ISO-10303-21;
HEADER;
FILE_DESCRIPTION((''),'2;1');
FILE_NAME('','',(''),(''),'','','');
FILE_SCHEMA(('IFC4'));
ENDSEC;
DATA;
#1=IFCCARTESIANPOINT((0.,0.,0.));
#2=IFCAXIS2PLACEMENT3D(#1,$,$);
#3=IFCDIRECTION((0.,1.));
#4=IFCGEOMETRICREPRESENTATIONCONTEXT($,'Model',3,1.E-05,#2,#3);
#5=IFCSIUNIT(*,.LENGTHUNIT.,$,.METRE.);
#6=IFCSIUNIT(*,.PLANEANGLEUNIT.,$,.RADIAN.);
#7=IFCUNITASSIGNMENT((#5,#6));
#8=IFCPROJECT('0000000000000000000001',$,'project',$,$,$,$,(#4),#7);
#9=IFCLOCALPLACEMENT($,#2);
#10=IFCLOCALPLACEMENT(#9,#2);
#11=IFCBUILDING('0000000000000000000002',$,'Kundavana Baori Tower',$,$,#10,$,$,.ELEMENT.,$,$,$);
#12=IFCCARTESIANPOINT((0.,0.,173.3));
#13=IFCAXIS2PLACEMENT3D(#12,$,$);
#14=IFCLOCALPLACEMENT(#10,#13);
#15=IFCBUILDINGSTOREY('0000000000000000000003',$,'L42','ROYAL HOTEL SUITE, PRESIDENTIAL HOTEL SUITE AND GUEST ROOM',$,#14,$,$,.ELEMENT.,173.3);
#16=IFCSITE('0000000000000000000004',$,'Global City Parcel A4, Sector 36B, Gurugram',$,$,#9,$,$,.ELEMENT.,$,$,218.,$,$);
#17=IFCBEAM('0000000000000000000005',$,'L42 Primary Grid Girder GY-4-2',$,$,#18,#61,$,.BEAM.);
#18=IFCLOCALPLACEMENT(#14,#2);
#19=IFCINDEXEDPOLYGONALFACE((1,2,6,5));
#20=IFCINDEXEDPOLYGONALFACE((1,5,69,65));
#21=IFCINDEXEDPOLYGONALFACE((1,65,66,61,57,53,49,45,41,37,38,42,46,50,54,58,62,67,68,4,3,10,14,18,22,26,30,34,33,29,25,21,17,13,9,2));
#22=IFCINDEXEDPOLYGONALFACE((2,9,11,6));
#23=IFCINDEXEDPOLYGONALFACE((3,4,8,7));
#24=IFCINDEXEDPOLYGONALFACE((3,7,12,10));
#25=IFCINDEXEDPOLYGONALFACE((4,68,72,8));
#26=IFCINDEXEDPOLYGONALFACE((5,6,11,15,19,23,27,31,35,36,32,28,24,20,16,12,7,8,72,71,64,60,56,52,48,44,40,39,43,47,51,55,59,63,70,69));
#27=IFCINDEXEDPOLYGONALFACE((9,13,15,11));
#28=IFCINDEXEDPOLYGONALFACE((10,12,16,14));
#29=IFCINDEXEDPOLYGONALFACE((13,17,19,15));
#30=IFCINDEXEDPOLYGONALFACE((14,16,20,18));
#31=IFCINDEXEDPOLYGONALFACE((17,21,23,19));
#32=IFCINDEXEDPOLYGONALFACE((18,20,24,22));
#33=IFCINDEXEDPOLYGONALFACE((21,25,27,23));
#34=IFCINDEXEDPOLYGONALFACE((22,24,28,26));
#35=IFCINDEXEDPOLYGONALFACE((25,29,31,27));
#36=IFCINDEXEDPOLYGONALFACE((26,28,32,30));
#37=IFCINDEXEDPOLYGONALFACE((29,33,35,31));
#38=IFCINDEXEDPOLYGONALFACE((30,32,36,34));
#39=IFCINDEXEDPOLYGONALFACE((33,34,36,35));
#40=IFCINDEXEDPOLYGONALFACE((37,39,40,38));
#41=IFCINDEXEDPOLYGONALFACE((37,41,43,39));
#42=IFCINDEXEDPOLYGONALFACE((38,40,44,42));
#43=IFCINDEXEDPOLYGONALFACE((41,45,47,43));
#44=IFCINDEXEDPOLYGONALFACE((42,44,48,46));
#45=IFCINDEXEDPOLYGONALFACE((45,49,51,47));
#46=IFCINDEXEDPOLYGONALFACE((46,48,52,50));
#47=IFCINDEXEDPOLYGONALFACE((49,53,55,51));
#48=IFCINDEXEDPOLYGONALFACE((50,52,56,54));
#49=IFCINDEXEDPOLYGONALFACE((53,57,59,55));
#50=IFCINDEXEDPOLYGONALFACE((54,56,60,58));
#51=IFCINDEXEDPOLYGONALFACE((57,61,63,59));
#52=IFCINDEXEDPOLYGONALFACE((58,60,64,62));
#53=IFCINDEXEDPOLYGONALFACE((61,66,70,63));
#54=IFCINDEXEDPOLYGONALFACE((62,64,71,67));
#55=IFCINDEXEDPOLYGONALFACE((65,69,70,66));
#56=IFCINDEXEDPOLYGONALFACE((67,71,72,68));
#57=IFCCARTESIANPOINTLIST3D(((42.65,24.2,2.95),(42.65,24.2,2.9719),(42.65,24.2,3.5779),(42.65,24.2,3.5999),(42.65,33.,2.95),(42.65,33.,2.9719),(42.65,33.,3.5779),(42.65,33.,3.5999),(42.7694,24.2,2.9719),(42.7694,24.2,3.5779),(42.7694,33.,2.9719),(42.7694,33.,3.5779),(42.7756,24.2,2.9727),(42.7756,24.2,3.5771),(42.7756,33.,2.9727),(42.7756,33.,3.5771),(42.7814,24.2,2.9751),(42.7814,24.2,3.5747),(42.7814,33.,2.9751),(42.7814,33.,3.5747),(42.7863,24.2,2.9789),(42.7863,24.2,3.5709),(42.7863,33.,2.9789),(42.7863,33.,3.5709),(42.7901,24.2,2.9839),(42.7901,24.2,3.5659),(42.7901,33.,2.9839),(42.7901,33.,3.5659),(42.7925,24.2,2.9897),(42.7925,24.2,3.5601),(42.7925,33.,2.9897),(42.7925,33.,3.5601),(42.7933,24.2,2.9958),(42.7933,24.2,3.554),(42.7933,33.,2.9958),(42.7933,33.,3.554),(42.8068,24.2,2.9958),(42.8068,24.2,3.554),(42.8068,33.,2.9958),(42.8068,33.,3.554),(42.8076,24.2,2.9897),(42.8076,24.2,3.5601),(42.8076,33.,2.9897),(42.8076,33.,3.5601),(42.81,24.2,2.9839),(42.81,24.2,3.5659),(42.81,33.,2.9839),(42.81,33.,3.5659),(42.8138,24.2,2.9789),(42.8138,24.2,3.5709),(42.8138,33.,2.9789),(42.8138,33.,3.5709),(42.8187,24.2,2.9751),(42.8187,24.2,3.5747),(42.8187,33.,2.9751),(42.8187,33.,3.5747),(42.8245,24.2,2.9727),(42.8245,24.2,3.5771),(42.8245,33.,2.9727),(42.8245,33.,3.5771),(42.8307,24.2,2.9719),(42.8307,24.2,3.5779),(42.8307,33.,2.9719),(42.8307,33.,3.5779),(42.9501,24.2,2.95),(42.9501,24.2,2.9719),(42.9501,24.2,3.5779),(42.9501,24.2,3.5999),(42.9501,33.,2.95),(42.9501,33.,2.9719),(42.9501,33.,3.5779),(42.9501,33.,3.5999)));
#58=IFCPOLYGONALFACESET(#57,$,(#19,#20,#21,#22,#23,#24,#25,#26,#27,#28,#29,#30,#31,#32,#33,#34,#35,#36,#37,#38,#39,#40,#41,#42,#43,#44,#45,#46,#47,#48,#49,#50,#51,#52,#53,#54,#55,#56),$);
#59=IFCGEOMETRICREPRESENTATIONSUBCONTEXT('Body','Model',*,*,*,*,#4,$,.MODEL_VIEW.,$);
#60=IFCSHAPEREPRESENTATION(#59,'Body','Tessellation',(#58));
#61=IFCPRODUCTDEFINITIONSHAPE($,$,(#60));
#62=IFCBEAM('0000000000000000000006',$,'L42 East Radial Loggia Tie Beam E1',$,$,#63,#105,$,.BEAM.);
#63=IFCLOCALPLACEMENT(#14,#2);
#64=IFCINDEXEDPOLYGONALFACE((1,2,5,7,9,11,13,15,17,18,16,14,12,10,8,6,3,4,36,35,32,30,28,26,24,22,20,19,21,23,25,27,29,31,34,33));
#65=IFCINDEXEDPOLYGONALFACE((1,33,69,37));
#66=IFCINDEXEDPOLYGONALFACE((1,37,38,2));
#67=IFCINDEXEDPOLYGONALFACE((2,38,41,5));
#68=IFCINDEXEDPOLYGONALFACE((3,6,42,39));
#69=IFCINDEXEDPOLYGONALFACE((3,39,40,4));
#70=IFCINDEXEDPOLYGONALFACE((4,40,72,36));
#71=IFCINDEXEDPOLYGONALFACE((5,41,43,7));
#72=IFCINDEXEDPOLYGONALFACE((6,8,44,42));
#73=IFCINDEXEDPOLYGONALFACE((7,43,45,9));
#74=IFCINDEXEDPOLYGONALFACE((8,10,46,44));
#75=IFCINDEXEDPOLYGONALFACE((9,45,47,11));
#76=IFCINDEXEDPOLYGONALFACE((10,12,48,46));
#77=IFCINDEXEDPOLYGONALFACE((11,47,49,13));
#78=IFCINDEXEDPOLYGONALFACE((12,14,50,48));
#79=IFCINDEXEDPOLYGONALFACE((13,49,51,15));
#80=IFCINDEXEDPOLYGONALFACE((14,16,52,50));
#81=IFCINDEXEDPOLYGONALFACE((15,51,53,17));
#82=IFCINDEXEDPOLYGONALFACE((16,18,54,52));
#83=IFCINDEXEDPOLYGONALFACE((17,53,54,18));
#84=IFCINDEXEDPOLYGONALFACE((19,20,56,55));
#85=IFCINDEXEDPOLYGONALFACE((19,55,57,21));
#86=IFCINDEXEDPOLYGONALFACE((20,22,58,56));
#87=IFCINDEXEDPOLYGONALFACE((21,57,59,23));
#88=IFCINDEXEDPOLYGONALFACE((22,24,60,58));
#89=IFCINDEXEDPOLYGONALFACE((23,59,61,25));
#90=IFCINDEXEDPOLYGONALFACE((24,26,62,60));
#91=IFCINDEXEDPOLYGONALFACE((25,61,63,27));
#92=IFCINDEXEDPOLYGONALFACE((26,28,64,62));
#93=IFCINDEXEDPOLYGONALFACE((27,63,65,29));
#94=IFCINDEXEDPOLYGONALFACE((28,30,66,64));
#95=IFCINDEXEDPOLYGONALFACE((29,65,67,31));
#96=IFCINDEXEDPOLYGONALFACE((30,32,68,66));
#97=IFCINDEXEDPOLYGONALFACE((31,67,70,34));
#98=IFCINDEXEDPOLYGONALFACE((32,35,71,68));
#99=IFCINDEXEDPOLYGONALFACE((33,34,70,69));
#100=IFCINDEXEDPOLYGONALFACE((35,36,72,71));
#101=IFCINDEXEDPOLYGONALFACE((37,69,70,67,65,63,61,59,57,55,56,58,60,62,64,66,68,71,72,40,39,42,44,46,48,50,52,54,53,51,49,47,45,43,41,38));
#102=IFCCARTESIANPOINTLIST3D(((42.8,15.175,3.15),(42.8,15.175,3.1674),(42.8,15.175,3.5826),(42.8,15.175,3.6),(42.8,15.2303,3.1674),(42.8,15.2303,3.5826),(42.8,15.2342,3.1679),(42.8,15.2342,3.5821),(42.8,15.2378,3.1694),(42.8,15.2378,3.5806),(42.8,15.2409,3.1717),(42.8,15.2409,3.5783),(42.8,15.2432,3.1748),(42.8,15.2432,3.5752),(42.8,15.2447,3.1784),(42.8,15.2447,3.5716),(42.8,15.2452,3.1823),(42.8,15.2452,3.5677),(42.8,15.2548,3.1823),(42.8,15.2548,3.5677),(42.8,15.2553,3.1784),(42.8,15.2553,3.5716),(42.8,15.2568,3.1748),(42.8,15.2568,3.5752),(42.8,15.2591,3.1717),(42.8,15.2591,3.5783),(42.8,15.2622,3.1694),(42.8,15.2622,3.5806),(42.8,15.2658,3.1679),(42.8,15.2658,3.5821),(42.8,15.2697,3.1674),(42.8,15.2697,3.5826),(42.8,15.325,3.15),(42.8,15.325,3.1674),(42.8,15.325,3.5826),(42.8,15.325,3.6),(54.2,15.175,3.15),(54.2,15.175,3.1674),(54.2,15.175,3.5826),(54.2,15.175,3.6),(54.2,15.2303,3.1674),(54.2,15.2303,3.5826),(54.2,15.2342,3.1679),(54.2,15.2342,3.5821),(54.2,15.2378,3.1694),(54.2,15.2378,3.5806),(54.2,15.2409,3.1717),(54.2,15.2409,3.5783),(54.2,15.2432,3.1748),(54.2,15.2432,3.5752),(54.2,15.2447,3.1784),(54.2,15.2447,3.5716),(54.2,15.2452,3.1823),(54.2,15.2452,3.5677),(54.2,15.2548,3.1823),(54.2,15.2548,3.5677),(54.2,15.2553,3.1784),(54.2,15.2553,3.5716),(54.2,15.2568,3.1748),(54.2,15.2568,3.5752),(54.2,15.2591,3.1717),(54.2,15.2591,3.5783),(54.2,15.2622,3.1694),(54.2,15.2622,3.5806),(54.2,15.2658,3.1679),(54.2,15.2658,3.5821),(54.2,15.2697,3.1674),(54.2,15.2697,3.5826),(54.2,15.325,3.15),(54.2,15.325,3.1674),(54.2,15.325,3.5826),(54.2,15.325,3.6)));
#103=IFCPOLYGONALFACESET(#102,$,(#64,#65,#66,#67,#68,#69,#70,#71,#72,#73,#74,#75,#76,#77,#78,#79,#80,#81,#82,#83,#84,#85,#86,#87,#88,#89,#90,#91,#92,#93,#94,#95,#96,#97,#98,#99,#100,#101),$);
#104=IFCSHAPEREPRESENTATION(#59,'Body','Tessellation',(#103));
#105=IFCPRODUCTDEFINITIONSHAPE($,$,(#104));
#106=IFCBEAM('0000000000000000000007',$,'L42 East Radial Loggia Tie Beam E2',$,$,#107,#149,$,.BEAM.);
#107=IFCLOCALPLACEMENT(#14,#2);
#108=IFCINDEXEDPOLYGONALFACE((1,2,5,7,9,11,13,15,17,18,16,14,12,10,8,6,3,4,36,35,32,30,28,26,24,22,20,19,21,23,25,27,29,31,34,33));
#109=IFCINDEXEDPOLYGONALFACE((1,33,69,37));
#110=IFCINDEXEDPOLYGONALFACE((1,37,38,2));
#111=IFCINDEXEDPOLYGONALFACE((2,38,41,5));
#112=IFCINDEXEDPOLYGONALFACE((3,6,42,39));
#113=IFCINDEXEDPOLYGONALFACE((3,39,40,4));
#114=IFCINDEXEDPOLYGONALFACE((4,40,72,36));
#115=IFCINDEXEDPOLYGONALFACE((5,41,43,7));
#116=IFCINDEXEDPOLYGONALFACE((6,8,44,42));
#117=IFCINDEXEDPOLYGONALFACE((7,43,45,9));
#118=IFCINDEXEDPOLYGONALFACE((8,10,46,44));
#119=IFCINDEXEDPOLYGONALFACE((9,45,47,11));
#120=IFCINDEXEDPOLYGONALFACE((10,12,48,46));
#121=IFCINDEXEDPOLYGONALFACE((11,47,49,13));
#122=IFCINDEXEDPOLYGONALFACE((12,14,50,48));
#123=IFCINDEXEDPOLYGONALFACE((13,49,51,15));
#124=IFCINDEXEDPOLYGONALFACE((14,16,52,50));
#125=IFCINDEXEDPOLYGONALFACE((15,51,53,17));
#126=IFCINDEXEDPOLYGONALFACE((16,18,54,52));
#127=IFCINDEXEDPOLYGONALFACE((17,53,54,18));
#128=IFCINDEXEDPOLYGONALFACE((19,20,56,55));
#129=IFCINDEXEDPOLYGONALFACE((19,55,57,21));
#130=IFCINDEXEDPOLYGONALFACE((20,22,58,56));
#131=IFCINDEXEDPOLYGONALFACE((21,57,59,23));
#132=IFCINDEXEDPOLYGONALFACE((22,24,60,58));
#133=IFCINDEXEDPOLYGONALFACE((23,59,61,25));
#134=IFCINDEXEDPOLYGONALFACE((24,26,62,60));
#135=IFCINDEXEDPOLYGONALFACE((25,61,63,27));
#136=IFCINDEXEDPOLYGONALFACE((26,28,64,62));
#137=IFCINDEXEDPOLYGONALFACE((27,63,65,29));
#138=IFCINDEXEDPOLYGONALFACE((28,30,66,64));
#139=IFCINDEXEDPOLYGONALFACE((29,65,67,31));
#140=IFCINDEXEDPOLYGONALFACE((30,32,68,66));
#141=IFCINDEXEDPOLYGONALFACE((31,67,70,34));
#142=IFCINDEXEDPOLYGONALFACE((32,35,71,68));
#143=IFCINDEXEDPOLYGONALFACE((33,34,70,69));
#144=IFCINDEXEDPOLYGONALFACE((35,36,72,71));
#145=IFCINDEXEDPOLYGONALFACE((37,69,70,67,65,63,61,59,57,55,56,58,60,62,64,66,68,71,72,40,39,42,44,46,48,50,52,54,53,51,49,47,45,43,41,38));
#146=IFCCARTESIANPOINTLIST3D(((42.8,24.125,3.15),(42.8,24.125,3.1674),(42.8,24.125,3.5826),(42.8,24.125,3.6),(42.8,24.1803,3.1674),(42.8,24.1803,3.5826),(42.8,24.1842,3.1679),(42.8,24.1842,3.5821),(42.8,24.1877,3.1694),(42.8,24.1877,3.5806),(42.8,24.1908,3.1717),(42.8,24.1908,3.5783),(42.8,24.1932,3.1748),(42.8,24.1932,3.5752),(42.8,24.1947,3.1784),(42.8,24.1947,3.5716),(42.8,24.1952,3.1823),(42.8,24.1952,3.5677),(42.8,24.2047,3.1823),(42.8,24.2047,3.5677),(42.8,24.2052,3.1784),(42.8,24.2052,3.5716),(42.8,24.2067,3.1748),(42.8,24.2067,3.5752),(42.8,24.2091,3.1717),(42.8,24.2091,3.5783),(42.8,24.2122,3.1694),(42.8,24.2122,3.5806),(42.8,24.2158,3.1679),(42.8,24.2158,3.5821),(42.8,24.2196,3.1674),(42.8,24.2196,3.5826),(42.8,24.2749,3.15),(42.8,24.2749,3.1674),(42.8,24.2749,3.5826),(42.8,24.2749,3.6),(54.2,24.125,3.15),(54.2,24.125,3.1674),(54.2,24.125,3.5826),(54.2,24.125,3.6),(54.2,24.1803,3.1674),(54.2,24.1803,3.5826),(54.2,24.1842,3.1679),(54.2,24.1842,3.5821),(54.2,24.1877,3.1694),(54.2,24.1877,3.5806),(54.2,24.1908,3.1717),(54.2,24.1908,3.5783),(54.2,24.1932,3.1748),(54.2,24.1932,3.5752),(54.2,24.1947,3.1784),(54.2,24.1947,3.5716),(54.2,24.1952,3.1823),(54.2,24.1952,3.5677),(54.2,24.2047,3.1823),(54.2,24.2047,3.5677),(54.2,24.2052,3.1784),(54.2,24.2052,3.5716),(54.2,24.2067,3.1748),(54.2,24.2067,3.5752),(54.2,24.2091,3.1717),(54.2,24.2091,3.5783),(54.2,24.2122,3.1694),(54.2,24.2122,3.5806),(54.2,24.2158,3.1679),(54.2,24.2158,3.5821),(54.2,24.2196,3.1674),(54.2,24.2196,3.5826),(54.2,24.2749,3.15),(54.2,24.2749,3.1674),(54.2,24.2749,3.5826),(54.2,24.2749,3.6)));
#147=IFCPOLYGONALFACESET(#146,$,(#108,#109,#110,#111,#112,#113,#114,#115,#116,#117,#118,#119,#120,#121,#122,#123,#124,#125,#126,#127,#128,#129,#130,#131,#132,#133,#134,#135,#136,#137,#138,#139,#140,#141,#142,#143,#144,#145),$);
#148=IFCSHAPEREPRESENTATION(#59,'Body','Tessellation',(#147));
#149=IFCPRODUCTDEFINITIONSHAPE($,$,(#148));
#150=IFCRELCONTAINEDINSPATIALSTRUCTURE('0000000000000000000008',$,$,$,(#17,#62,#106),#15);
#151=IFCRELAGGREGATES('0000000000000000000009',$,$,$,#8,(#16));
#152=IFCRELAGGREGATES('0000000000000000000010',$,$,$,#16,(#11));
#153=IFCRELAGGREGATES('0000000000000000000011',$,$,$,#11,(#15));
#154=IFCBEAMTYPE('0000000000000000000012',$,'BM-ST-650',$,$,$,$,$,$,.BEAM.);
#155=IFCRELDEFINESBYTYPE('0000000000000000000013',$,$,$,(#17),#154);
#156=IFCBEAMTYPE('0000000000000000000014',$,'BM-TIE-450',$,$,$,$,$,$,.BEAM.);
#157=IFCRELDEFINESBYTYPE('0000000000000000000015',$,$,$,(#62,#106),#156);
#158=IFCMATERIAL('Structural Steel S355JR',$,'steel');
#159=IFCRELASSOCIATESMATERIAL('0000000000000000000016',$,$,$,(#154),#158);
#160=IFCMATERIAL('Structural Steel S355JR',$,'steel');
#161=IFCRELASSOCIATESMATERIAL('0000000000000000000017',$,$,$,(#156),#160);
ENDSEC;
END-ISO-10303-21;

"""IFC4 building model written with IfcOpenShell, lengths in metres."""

from ifc_helpers import new_model, si_unit, direction, frame, origin, origin_2d, place, context, subcontext, project, spatial, i_section, extrude, material, material_profile, profile_set, type_object, element, save


model = new_model("IFC4")

# Units and contexts
model_context = context("Model", 3, precision=1e-05, world=origin(), true_north=direction((0.0, 1.0)))
body_context = subcontext(model_context, "Body", "Model", "MODEL_VIEW")
ifc_project = project(units=[si_unit("LENGTHUNIT", "METRE"), si_unit("PLANEANGLEUNIT", "RADIAN")], contexts=[model_context])

# Site, building, storey
site_placement = place(None, origin())
site = spatial("IfcSite", under=ifc_project, at=site_placement, Name="Global City Parcel A4, Sector 36B, Gurugram", CompositionType="ELEMENT", RefElevation=218.0)
building_placement = place(site_placement, origin())
building = spatial("IfcBuilding", under=site, at=building_placement, Name="Kundavana Baori Tower", CompositionType="ELEMENT")
storey_placement = place(building_placement, frame((0.0, 0.0, 173.3)))
storey = spatial("IfcBuildingStorey", under=building, at=storey_placement, Name="L42", Description="ROYAL HOTEL SUITE, PRESIDENTIAL HOTEL SUITE AND GUEST ROOM", CompositionType="ELEMENT", Elevation=173.3)

# Beams
ifc_material_1 = material(Name="Structural Steel S355JR", Category="steel")
ifc_material_profile_1 = material_profile(ifc_material_1, i_section(OverallWidth=0.3, OverallDepth=0.6499, WebThickness=0.0134, FlangeThickness=0.022, FilletRadius=0.0239, at=origin_2d()), Name="NPB 650x300x155")
ifc_profile_set_1 = profile_set([ifc_material_profile_1], Name="Structural Steel S355JR")
beam_type_1 = type_object("IfcBeamType", Name="BM-ST-650", PredefinedType="BEAM", material=ifc_profile_set_1)
beam_1_placement = place(storey_placement, frame((42.8, 24.2, 3.2749), z_axis=(0.0, 1.0, 0.0), x_axis=(-1.0, 0.0, 0.0)))
element("IfcBeam", 1, at=beam_1_placement, inside=storey, type_object=beam_type_1, Name="L42 Primary Grid Girder GY-4-2", PredefinedType="BEAM", context=body_context, shape_type="SweptSolid", body=[
    extrude(i_section(OverallWidth=0.3, OverallDepth=0.6499, WebThickness=0.0134, FlangeThickness=0.022, FilletRadius=0.0239, at=origin_2d()), origin(), (0.0, 0.0, 1.0), 8.8),
])
ifc_material_2 = material(Name="Structural Steel S355JR", Category="steel")
ifc_material_profile_2 = material_profile(ifc_material_2, i_section(OverallWidth=0.1499, OverallDepth=0.45, WebThickness=0.0095, FlangeThickness=0.0173, FilletRadius=0.0149, at=origin_2d()), Name="ISMB 450")
ifc_profile_set_2 = profile_set([ifc_material_profile_2], Name="Structural Steel S355JR")
beam_type_2 = type_object("IfcBeamType", Name="BM-TIE-450", PredefinedType="BEAM", material=ifc_profile_set_2)
for number, where, z_axis, x_axis, name in (
    (2, (42.8, 15.25, 3.375), (1.0, 0.0, 0.0), (0.0, 1.0, 0.0), "L42 East Radial Loggia Tie Beam E1"),
    (3, (42.8, 24.2, 3.375), (1.0, 0.0, 0.0), (0.0, 1.0, 0.0), "L42 East Radial Loggia Tie Beam E2"),
):
    element("IfcBeam", number, at=place(storey_placement, frame(where, z_axis=z_axis, x_axis=x_axis)), inside=storey, type_object=beam_type_2, Name=name, PredefinedType="BEAM", context=body_context, shape_type="SweptSolid", body=[
        extrude(i_section(OverallWidth=0.1499, OverallDepth=0.45, WebThickness=0.0095, FlangeThickness=0.0173, FilletRadius=0.0149, at=origin_2d()), origin(), (0.0, 0.0, 1.0), 11.3999),
    ])

save(model, "model.ifc")
